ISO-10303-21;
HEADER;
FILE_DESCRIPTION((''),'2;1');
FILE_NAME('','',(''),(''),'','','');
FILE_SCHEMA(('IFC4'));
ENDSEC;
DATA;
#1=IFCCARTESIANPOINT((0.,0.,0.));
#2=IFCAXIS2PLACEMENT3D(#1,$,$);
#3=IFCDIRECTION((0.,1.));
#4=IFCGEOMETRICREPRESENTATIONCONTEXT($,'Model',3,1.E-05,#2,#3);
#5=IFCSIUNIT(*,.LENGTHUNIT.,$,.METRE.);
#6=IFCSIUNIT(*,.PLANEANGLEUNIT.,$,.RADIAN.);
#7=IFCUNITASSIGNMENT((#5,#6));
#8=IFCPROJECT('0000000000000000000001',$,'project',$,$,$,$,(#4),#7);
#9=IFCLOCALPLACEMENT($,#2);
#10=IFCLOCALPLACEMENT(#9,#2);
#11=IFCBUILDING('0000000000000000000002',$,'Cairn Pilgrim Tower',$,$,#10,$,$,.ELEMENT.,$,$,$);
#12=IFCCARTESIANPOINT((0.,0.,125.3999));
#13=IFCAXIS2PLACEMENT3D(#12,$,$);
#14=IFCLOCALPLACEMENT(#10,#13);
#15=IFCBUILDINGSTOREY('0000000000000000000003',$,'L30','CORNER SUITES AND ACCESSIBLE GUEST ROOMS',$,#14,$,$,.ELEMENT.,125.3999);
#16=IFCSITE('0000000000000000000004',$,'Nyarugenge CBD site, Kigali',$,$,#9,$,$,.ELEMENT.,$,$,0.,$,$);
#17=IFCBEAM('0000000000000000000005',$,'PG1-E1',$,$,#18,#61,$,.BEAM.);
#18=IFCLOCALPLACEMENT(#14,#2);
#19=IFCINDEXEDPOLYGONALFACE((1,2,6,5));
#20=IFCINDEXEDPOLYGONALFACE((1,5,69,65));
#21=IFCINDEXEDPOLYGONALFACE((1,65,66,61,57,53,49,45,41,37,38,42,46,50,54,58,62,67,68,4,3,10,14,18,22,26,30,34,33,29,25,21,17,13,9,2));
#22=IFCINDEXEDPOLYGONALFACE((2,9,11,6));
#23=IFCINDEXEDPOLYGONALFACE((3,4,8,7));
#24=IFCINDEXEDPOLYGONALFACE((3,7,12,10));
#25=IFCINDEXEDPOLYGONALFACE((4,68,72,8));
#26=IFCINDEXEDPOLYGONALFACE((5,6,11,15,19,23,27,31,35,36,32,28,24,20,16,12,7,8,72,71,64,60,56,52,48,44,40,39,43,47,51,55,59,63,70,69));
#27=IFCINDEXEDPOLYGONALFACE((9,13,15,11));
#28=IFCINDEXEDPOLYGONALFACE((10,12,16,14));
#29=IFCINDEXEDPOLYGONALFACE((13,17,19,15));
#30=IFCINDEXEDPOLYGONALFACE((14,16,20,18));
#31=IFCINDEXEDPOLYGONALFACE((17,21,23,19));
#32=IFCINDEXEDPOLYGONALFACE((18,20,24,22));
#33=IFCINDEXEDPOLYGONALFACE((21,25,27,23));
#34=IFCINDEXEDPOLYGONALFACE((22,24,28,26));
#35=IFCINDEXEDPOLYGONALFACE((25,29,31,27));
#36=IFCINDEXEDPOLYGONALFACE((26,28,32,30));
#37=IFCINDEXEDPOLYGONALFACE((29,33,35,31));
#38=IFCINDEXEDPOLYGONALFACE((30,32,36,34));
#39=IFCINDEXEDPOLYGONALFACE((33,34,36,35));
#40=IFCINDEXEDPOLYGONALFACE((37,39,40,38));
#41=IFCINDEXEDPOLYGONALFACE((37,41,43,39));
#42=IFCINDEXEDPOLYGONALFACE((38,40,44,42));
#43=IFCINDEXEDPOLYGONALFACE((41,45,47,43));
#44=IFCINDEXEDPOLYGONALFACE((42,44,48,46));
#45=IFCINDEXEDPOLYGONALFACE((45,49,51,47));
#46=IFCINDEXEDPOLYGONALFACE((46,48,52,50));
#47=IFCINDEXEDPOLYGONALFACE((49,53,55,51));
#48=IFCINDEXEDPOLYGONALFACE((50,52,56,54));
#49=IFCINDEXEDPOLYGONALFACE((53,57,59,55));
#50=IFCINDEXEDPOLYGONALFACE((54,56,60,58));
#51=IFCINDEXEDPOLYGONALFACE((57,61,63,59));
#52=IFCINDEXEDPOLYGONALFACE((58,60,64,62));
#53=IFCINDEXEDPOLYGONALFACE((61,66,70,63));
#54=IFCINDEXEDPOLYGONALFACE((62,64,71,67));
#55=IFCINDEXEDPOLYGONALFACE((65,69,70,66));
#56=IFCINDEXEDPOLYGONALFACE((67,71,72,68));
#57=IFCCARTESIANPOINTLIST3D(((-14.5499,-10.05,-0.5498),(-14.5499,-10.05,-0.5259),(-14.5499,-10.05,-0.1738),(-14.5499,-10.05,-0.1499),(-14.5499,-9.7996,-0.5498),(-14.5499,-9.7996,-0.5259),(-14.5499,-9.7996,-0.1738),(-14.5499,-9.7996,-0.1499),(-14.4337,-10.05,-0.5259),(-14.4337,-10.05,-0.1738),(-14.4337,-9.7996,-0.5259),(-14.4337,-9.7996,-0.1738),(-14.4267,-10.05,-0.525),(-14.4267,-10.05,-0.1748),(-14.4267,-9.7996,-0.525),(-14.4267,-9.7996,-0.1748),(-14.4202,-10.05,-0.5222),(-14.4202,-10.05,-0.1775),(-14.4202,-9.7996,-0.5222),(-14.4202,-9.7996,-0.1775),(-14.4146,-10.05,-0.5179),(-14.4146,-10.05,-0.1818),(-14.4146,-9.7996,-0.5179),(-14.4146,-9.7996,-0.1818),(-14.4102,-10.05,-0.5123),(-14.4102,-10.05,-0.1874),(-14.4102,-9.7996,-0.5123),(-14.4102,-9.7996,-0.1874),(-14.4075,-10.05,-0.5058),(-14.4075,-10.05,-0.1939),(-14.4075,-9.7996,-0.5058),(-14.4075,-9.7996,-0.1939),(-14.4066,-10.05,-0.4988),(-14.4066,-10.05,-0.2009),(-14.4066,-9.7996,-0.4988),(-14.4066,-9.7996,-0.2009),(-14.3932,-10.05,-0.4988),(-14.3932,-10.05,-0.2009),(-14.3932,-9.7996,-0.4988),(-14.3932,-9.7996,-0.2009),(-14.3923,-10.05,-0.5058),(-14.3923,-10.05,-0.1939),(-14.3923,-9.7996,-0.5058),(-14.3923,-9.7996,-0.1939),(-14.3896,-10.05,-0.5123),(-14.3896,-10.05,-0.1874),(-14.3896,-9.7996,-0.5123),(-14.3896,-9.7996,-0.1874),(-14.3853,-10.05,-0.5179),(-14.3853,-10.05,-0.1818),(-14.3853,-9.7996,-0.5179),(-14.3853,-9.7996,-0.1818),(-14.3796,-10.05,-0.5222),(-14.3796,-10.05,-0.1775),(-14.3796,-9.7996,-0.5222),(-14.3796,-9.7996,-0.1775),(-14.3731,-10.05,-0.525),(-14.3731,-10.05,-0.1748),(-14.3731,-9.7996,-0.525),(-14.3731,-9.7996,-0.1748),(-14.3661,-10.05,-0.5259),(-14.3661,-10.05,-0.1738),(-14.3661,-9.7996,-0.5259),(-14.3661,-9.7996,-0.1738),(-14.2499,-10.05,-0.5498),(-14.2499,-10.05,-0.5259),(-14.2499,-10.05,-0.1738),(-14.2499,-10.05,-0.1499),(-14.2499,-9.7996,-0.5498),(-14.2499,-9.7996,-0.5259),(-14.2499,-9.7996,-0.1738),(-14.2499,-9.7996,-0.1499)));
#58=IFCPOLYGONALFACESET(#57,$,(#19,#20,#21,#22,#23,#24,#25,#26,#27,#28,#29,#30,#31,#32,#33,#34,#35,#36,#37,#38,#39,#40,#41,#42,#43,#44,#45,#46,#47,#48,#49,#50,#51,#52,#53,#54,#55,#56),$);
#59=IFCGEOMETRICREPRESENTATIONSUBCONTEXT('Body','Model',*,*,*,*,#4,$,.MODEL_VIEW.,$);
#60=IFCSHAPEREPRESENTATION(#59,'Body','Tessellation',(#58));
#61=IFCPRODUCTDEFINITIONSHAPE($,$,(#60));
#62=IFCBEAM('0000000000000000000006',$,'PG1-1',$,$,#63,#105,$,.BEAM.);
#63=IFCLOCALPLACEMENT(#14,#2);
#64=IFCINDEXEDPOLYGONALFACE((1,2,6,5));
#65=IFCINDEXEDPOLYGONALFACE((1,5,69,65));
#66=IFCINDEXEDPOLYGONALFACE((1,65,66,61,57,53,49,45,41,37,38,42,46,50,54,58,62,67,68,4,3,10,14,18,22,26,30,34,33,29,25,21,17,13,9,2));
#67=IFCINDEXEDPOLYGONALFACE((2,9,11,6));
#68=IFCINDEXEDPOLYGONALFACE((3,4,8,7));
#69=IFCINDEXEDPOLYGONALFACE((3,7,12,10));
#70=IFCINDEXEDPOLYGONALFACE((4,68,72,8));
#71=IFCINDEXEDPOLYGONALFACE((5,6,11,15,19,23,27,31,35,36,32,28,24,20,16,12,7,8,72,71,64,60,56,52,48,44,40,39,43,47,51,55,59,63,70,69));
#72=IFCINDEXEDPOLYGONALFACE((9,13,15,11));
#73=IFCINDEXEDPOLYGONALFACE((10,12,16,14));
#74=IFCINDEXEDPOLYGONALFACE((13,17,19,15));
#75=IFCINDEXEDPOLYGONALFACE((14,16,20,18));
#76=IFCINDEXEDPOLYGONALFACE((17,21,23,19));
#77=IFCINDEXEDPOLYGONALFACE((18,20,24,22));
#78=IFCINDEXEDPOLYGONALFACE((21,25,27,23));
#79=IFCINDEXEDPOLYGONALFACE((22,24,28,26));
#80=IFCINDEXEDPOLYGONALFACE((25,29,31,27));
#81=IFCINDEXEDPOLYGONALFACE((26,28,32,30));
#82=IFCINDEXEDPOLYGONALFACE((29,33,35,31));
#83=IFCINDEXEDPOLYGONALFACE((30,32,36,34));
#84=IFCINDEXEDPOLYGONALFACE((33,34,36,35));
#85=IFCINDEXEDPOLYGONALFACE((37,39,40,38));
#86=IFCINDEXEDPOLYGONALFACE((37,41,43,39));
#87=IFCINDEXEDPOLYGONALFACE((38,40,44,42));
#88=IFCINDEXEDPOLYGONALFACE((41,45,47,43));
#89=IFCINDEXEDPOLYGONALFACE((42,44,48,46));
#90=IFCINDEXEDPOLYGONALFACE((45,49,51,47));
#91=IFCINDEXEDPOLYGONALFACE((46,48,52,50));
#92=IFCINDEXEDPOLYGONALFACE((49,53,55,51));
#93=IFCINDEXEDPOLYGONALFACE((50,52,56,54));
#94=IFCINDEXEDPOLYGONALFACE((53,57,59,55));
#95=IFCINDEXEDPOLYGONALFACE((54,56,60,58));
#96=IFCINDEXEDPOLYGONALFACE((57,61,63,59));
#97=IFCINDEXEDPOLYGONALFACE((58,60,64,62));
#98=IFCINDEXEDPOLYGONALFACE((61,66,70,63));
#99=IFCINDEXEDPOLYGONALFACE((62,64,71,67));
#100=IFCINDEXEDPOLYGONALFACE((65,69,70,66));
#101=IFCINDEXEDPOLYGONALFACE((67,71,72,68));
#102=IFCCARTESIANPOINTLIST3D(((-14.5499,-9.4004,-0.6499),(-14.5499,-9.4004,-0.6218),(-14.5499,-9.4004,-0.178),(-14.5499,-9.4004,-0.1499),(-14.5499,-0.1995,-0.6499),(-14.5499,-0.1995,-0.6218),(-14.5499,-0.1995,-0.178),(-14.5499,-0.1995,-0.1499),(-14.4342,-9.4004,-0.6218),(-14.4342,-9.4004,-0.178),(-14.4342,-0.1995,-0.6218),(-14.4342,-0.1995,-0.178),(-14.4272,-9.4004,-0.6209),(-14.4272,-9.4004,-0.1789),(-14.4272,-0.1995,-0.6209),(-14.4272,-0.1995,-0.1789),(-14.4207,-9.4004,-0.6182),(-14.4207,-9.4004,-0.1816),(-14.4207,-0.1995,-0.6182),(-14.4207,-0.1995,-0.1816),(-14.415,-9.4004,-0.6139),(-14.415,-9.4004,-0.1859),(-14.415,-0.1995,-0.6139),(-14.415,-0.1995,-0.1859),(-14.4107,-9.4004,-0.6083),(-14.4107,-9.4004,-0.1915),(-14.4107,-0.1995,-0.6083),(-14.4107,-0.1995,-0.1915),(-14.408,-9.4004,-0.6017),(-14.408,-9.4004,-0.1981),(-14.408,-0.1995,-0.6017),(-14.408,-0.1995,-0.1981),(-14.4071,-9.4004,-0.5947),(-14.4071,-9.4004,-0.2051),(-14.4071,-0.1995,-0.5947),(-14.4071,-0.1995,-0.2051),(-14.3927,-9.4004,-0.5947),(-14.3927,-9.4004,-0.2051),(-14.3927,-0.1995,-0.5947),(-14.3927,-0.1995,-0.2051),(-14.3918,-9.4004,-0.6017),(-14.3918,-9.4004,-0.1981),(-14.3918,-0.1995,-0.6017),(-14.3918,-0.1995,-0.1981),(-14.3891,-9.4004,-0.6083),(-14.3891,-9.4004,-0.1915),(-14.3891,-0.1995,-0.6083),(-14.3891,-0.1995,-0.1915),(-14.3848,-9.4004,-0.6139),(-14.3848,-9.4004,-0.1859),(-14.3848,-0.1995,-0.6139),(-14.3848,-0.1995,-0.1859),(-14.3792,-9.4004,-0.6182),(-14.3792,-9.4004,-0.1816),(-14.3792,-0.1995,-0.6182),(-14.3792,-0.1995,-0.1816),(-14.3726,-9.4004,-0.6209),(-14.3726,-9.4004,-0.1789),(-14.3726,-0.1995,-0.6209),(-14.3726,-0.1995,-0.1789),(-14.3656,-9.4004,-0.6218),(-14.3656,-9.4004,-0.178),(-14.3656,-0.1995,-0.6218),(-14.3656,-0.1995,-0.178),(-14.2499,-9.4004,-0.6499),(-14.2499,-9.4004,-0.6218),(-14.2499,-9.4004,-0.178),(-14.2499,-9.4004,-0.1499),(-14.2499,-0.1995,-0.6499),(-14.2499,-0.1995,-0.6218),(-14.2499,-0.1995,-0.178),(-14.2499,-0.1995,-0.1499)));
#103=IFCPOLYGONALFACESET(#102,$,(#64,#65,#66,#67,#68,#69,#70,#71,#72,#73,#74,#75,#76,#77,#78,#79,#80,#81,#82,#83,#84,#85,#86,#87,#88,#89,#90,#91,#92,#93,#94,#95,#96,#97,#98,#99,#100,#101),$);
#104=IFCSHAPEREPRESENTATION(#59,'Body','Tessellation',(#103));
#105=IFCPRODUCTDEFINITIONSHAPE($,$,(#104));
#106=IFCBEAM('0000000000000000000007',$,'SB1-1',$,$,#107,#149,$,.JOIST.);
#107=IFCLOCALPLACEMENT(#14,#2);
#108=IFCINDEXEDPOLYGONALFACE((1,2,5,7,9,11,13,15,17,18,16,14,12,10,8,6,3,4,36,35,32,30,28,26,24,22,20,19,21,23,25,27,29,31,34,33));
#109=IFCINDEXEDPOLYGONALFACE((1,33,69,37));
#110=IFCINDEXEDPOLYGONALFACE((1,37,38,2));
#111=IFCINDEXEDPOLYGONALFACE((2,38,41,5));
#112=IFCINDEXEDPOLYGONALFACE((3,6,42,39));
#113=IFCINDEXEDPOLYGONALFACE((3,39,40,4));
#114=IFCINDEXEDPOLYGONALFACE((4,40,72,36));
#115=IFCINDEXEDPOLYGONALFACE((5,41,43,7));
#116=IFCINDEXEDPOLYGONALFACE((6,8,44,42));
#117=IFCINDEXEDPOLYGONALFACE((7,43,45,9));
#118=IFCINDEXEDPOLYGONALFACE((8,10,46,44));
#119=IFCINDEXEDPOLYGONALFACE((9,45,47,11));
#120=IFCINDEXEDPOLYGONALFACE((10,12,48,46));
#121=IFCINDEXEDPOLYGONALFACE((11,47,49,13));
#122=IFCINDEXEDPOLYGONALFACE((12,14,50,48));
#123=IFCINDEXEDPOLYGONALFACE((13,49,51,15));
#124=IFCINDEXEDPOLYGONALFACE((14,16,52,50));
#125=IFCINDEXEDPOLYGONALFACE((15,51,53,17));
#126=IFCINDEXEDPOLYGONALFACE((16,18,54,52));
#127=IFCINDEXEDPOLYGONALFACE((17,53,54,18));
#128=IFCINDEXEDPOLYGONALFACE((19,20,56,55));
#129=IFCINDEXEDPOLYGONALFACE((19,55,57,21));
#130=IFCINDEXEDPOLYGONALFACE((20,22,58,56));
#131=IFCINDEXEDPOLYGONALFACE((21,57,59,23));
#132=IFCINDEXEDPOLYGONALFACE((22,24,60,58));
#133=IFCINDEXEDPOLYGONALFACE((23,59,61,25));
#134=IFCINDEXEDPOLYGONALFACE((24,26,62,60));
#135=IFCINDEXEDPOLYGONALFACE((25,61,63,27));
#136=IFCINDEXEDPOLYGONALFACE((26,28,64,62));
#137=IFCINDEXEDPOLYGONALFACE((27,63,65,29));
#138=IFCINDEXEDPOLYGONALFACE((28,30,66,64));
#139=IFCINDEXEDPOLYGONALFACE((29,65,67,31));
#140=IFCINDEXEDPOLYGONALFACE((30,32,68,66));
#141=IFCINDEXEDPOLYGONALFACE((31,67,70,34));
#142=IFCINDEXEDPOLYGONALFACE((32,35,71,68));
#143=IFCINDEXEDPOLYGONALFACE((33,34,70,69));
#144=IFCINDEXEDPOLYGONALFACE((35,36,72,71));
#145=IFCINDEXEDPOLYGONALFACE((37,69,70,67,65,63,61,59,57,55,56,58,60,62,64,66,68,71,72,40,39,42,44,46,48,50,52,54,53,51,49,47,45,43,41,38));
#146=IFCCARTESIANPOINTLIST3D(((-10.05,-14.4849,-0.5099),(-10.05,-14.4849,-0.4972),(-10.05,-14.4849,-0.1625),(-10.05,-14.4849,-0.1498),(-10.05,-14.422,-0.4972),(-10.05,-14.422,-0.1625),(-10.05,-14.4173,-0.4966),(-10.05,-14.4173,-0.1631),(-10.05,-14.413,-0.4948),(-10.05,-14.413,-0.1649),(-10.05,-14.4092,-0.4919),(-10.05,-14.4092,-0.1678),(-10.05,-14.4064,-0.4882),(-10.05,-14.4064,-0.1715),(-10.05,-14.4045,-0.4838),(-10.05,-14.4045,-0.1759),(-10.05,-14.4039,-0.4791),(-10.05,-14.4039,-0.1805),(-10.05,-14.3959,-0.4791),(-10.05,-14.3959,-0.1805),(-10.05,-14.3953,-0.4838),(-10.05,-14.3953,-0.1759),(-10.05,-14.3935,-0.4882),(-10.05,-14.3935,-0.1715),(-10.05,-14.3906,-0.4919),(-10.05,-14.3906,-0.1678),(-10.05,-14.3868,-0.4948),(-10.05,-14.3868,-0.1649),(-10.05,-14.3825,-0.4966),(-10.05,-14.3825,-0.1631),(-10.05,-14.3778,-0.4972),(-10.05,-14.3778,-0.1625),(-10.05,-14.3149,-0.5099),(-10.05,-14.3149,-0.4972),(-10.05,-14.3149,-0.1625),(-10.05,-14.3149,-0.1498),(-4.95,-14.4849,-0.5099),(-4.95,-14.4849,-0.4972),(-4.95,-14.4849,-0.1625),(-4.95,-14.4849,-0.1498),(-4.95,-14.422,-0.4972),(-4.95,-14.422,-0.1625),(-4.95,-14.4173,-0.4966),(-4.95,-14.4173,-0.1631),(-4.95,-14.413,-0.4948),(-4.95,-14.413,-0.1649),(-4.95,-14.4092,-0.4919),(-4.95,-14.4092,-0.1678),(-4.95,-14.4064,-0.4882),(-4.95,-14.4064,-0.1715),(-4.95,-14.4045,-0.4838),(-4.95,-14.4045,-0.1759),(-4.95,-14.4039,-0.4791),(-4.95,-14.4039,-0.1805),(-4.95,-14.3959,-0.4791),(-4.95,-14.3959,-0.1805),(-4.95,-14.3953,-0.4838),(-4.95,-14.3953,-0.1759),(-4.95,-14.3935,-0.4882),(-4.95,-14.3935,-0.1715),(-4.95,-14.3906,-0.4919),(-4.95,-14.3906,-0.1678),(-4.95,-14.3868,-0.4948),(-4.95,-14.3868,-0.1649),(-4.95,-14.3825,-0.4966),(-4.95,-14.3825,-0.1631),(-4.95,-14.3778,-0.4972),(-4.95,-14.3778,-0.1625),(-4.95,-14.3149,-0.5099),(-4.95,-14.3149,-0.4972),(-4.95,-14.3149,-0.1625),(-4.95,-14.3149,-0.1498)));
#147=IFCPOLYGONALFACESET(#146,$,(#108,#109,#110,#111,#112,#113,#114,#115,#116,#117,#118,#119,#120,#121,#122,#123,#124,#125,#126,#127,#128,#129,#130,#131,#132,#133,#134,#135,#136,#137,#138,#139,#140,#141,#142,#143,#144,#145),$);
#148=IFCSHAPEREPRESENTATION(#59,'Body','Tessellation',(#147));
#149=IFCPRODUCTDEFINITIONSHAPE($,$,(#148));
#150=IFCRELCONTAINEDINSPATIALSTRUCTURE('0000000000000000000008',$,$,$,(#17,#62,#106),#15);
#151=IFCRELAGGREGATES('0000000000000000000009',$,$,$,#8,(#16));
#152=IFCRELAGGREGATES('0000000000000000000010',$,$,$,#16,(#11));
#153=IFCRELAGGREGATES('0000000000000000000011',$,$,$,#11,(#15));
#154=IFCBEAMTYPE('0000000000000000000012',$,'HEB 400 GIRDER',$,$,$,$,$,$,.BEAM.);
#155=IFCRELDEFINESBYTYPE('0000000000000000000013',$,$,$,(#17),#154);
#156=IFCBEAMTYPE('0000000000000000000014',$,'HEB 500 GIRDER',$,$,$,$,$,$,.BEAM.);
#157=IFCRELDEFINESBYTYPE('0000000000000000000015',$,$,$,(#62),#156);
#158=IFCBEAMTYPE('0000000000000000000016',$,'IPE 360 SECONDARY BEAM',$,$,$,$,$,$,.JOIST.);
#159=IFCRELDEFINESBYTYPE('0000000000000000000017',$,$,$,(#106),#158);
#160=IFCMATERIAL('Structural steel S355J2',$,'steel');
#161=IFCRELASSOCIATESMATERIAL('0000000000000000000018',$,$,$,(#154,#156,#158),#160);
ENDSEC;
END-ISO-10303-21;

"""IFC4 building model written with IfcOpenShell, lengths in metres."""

from ifc_helpers import new_model, si_unit, direction, frame, origin, origin_2d, place, context, subcontext, project, spatial, i_section, extrude, material, material_profile, profile_set, type_object, element, save


model = new_model("IFC4")

# Units and contexts
model_context = context("Model", 3, precision=1e-05, world=origin(), true_north=direction((0.0, 1.0)))
body_context = subcontext(model_context, "Body", "Model", "MODEL_VIEW")
ifc_project = project(units=[si_unit("LENGTHUNIT", "METRE"), si_unit("PLANEANGLEUNIT", "RADIAN")], contexts=[model_context])

# Site, building, storey
site_placement = place(None, origin())
site = spatial("IfcSite", under=ifc_project, at=site_placement, Name="Nyarugenge CBD site, Kigali", CompositionType="ELEMENT", RefElevation=0.0)
building_placement = place(site_placement, origin())
building = spatial("IfcBuilding", under=site, at=building_placement, Name="Cairn Pilgrim Tower", CompositionType="ELEMENT")
storey_placement = place(building_placement, frame((0.0, 0.0, 125.3999)))
storey = spatial("IfcBuildingStorey", under=building, at=storey_placement, Name="L30", Description="CORNER SUITES AND ACCESSIBLE GUEST ROOMS", CompositionType="ELEMENT", Elevation=125.3999)

# Shared definitions
ifc_material_1 = material(Name="Structural steel S355J2", Category="steel")

# Beams
ifc_material_profile_1 = material_profile(ifc_material_1, i_section(OverallWidth=0.3, OverallDepth=0.3999, WebThickness=0.0134, FlangeThickness=0.0239, FilletRadius=0.0271, at=origin_2d()), Name="HEB 400")
ifc_profile_set_1 = profile_set([ifc_material_profile_1], Name="Structural steel S355J2")
beam_type_1 = type_object("IfcBeamType", Name="HEB 400 GIRDER", PredefinedType="BEAM", material=ifc_profile_set_1)
beam_1_placement = place(storey_placement, frame((-14.3999, -10.05, -0.3499), z_axis=(0.0, 1.0, 0.0), x_axis=(-1.0, 0.0, 0.0)))
element("IfcBeam", 1, at=beam_1_placement, inside=storey, type_object=beam_type_1, Name="PG1-E1", PredefinedType="BEAM", context=body_context, shape_type="SweptSolid", body=[
    extrude(i_section(OverallWidth=0.3, OverallDepth=0.3999, WebThickness=0.0134, FlangeThickness=0.0239, FilletRadius=0.0271, at=origin_2d()), origin(), (0.0, 0.0, 1.0), 0.2505),
])
ifc_material_profile_2 = material_profile(ifc_material_1, i_section(OverallWidth=0.3, OverallDepth=0.5, WebThickness=0.0144, FlangeThickness=0.0281, FilletRadius=0.0271, at=origin_2d()), Name="HEB 500")
ifc_profile_set_2 = profile_set([ifc_material_profile_2], Name="Structural steel S355J2")
beam_type_2 = type_object("IfcBeamType", Name="HEB 500 GIRDER", PredefinedType="BEAM", material=ifc_profile_set_2)
beam_2_placement = place(storey_placement, frame((-14.3999, -9.4004, -0.3999), z_axis=(0.0, 1.0, 0.0), x_axis=(-1.0, 0.0, 0.0)))
element("IfcBeam", 2, at=beam_2_placement, inside=storey, type_object=beam_type_2, Name="PG1-1", PredefinedType="BEAM", context=body_context, shape_type="SweptSolid", body=[
    extrude(i_section(OverallWidth=0.3, OverallDepth=0.5, WebThickness=0.0144, FlangeThickness=0.0281, FilletRadius=0.0271, at=origin_2d()), origin(), (0.0, 0.0, 1.0), 9.2009),
])
ifc_material_profile_3 = material_profile(ifc_material_1, i_section(OverallWidth=0.1699, OverallDepth=0.3601, WebThickness=0.0081, FlangeThickness=0.0127, FilletRadius=0.0181, at=origin_2d()), Name="IPE 360")
ifc_profile_set_3 = profile_set([ifc_material_profile_3], Name="Structural steel S355J2")
beam_type_3 = type_object("IfcBeamType", Name="IPE 360 SECONDARY BEAM", PredefinedType="JOIST", material=ifc_profile_set_3)
beam_3_placement = place(storey_placement, frame((-10.05, -14.3999, -0.3298), z_axis=(1.0, 0.0, 0.0), x_axis=(0.0, 1.0, 0.0)))
element("IfcBeam", 3, at=beam_3_placement, inside=storey, type_object=beam_type_3, Name="SB1-1", PredefinedType="JOIST", context=body_context, shape_type="SweptSolid", body=[
    extrude(i_section(OverallWidth=0.1699, OverallDepth=0.3601, WebThickness=0.0081, FlangeThickness=0.0127, FilletRadius=0.0181, at=origin_2d()), origin(), (0.0, 0.0, 1.0), 5.1001),
])

save(model, "model.ifc")
